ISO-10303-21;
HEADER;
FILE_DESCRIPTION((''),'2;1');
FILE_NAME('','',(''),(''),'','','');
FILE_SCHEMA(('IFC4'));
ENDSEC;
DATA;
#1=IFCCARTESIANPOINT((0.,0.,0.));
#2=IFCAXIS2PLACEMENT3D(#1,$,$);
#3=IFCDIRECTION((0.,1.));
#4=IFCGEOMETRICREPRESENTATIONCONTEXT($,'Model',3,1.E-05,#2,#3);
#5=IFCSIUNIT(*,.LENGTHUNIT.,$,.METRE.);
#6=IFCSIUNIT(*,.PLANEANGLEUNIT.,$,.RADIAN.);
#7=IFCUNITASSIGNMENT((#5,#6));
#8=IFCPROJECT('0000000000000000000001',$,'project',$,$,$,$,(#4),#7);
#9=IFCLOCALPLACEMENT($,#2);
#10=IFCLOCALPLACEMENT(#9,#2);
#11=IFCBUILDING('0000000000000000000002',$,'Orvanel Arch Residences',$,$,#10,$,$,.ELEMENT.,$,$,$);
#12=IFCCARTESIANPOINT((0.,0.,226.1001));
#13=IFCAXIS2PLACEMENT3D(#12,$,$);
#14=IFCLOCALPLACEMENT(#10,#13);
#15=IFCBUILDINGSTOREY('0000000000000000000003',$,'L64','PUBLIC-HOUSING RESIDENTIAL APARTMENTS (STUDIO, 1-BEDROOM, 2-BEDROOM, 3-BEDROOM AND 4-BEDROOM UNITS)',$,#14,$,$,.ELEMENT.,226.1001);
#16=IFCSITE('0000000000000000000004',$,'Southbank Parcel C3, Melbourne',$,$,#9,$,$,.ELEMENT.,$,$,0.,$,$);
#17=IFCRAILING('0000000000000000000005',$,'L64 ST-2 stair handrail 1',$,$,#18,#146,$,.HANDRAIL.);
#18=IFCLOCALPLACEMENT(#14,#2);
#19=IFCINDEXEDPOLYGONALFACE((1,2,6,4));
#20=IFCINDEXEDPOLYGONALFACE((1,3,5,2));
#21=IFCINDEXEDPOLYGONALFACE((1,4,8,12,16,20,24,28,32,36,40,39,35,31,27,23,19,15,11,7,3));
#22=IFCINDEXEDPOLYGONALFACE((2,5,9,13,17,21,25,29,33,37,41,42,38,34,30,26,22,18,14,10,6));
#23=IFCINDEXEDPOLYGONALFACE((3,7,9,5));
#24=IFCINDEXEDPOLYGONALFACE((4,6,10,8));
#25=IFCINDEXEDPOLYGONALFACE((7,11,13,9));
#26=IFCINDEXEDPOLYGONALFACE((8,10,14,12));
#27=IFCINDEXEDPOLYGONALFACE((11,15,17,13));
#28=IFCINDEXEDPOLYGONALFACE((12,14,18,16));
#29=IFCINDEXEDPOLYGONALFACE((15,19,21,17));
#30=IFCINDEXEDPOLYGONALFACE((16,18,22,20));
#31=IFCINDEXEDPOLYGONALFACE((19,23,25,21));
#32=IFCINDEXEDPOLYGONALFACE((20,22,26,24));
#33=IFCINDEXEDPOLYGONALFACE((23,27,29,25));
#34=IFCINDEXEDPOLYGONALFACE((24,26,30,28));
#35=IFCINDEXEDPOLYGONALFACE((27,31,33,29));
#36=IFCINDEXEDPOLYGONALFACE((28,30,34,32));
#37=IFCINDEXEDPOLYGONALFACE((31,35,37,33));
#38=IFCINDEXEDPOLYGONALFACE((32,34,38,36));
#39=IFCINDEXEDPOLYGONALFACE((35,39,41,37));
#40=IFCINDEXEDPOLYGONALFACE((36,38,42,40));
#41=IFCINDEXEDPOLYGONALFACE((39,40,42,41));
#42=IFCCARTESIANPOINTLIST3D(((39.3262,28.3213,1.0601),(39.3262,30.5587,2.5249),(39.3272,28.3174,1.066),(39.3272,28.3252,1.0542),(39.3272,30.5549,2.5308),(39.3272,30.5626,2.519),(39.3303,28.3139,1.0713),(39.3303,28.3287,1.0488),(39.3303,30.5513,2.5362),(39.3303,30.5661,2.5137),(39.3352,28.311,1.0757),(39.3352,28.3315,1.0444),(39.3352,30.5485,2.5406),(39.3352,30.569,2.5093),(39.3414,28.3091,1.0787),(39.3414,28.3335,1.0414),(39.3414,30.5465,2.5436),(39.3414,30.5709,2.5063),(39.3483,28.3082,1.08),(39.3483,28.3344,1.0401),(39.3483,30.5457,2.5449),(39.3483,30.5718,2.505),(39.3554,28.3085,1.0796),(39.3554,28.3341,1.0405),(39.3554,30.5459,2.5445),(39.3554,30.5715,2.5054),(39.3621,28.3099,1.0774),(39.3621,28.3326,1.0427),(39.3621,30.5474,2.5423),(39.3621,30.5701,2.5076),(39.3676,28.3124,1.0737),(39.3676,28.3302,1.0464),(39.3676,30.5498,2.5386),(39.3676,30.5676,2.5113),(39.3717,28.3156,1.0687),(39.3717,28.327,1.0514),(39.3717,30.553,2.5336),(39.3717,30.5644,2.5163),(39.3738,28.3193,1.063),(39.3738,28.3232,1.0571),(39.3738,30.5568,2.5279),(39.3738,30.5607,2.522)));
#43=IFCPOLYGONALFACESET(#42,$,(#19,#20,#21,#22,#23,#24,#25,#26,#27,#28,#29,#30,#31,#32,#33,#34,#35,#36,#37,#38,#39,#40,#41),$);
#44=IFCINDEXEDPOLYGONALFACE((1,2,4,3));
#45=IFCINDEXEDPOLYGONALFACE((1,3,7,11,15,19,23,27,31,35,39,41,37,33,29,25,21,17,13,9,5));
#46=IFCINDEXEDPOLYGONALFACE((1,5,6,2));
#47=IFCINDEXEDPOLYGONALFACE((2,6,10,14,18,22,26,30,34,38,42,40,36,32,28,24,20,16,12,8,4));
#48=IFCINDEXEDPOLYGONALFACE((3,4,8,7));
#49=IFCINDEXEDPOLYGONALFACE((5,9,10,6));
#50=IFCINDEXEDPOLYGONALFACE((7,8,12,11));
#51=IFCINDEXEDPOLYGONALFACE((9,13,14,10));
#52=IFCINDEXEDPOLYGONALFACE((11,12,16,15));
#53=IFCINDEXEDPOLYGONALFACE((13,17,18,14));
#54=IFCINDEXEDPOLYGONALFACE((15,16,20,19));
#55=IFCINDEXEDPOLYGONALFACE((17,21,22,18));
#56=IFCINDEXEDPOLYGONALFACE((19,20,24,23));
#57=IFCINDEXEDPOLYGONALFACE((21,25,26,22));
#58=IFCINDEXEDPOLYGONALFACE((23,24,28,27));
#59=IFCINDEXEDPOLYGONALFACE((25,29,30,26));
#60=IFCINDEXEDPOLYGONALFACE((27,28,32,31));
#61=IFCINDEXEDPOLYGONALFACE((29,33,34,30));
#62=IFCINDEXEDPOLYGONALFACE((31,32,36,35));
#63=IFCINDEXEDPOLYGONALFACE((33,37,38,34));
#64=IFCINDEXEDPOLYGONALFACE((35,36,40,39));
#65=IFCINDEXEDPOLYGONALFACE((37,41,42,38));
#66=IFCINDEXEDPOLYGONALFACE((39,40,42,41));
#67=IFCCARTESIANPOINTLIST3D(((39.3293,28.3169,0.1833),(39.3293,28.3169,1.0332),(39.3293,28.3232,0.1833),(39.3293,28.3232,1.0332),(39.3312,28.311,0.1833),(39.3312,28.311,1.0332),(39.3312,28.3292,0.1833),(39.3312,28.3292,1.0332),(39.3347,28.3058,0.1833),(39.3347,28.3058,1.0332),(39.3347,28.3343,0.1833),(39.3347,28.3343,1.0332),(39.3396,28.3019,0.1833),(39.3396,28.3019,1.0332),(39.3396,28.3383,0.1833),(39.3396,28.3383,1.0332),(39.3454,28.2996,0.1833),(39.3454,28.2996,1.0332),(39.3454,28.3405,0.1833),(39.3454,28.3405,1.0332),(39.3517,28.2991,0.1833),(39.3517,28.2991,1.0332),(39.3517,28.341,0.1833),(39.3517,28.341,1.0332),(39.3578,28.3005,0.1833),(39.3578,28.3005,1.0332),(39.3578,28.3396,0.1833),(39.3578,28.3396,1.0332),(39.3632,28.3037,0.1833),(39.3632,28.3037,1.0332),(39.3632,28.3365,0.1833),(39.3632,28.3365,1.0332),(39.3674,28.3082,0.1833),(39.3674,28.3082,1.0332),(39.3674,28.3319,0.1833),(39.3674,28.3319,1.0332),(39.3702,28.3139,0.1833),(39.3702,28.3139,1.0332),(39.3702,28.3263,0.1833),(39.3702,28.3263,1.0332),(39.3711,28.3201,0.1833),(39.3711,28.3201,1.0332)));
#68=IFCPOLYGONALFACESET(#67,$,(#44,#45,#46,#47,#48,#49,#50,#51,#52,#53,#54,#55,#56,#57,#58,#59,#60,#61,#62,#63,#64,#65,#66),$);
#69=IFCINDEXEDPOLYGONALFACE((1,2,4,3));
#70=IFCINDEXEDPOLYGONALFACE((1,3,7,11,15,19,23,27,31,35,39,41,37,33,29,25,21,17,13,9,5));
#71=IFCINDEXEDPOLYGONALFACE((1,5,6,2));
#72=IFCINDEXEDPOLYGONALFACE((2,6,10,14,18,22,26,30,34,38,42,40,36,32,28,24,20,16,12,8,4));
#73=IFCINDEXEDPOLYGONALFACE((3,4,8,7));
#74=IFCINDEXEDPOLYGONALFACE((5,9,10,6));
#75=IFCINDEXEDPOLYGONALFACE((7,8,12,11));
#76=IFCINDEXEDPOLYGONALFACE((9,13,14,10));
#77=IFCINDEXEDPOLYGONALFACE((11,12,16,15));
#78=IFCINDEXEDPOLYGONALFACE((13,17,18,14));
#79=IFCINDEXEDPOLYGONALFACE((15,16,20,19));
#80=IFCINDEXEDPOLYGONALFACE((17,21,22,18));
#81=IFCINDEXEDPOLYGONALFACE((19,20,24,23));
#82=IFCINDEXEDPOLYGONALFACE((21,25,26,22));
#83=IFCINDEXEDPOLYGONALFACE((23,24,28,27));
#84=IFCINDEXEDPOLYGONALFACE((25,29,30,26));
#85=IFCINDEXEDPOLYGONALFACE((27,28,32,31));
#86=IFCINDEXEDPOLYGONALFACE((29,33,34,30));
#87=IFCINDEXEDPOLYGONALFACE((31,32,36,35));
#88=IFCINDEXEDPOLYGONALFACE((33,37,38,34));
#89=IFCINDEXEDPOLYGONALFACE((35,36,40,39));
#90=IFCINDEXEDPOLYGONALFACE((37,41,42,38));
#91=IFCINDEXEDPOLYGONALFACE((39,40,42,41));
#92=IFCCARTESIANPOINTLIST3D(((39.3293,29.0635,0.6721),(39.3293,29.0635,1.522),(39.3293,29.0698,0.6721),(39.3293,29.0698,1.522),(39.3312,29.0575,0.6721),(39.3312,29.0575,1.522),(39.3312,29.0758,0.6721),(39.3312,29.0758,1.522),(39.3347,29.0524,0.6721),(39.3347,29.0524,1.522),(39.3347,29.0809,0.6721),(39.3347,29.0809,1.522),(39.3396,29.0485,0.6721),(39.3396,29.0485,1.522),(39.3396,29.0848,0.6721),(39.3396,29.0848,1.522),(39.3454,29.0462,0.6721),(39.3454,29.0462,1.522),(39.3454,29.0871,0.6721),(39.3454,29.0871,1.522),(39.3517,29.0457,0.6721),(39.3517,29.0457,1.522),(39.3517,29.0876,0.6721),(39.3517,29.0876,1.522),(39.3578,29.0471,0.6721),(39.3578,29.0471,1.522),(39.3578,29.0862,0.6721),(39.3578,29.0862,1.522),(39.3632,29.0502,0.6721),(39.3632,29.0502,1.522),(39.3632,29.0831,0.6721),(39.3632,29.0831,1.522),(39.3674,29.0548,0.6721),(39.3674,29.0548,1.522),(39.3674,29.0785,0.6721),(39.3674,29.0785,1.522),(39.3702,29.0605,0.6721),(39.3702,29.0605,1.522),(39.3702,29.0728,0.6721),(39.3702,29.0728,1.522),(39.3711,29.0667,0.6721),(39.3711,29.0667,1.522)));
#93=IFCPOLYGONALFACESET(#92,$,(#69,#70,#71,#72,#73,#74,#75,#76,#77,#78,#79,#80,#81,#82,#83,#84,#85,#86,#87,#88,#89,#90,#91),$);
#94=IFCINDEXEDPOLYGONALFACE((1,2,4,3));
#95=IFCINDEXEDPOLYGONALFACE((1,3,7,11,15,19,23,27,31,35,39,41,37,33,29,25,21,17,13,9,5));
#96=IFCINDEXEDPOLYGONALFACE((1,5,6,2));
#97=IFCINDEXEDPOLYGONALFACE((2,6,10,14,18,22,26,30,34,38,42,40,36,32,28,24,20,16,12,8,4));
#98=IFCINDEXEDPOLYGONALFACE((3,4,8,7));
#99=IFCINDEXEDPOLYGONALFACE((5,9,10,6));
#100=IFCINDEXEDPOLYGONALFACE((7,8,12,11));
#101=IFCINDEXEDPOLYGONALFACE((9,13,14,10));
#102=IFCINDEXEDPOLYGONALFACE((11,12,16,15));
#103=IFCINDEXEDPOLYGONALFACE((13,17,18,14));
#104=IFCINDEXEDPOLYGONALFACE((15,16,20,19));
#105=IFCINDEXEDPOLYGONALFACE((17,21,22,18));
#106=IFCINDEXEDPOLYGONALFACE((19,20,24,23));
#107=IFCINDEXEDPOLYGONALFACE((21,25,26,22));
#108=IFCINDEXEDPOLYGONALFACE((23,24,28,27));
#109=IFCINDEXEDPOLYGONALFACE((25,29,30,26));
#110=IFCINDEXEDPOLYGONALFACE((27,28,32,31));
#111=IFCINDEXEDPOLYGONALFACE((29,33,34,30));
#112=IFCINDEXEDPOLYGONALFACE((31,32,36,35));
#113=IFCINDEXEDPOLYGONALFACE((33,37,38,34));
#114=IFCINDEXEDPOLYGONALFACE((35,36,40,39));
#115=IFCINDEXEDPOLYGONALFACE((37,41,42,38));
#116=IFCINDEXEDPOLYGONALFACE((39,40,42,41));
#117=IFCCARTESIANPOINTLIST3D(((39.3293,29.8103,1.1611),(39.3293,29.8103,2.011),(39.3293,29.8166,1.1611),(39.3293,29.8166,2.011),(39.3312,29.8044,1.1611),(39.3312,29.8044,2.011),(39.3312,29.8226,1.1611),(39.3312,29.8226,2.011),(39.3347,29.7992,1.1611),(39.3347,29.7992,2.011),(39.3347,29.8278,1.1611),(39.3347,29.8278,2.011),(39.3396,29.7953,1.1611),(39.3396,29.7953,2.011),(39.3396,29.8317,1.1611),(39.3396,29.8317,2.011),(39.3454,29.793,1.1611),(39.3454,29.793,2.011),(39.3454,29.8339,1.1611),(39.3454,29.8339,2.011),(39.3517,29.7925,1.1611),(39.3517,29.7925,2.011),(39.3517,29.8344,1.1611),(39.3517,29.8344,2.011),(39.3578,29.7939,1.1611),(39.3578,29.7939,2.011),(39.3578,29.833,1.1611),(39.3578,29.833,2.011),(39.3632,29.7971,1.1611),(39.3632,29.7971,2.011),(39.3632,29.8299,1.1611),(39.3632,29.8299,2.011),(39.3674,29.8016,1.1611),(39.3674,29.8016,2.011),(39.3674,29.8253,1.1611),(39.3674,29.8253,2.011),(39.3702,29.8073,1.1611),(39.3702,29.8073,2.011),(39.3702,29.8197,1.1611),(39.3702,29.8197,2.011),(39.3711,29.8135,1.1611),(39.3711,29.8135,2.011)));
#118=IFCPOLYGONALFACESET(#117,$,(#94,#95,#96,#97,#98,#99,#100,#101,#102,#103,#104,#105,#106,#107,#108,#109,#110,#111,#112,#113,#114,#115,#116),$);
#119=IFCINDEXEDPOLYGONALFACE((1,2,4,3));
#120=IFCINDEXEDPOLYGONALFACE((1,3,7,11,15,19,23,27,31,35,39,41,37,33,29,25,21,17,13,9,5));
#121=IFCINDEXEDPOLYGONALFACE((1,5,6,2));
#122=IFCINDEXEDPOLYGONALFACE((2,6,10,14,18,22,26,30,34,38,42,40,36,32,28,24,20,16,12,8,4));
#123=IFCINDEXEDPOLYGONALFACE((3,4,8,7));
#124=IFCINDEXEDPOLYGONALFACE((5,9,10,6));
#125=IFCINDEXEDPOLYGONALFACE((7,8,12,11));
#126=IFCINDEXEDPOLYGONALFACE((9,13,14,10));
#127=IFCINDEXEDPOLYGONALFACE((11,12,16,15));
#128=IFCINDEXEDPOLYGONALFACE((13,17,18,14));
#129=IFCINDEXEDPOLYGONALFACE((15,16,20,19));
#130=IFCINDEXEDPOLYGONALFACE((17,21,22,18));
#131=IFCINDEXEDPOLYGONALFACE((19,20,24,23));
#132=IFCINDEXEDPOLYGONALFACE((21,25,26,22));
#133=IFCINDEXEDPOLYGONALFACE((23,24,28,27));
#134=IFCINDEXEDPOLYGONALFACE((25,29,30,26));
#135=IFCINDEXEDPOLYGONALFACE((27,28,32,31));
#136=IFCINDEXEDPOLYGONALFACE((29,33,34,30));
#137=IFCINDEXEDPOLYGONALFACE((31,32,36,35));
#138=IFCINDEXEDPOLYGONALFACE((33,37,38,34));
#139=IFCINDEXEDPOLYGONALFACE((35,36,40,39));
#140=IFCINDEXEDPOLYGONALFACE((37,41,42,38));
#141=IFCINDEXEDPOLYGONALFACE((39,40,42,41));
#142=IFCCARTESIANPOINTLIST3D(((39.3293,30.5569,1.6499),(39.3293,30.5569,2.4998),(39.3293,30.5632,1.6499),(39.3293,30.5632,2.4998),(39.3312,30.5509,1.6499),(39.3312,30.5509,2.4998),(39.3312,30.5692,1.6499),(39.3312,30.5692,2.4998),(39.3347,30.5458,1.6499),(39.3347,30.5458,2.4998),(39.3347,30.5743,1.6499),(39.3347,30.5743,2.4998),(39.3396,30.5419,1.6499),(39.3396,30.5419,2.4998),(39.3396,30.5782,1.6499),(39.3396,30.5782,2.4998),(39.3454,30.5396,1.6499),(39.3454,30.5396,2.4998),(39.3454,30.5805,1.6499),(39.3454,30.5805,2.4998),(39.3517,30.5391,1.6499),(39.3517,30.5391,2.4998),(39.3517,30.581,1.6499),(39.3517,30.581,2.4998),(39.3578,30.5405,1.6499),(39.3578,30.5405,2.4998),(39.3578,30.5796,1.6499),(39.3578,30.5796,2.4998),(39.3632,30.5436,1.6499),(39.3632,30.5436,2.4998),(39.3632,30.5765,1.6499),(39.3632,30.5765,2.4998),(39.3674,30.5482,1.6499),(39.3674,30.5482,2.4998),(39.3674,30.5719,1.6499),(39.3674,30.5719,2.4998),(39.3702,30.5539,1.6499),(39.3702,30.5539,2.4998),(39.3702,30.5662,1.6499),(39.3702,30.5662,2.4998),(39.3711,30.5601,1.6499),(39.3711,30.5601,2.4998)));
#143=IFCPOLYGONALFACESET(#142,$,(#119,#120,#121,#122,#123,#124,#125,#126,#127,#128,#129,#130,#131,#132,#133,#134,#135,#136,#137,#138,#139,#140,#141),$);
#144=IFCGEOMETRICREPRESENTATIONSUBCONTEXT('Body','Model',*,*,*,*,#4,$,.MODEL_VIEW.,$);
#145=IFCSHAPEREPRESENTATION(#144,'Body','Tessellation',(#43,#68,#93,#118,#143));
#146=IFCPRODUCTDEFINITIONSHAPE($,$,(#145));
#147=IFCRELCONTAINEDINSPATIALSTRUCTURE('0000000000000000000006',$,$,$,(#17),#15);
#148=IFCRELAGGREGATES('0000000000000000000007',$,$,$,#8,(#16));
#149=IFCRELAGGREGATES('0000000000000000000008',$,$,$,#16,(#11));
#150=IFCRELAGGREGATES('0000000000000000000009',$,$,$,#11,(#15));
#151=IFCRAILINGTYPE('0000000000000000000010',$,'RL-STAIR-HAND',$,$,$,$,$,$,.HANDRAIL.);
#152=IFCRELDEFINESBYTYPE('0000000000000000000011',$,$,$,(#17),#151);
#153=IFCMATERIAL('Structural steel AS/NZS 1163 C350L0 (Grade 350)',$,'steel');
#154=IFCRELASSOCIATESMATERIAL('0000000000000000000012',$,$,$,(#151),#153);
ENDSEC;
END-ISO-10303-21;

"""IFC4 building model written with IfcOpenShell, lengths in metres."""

from ifc_helpers import new_model, si_unit, direction, frame, origin, origin_2d, place, context, subcontext, project, spatial, circle, extrude, material, type_object, element, save


model = new_model("IFC4")

# Units and contexts
model_context = context("Model", 3, precision=1e-05, world=origin(), true_north=direction((0.0, 1.0)))
body_context = subcontext(model_context, "Body", "Model", "MODEL_VIEW")
ifc_project = project(units=[si_unit("LENGTHUNIT", "METRE"), si_unit("PLANEANGLEUNIT", "RADIAN")], contexts=[model_context])

# Site, building, storey
site_placement = place(None, origin())
site = spatial("IfcSite", under=ifc_project, at=site_placement, Name="Southbank Parcel C3, Melbourne", CompositionType="ELEMENT", RefElevation=0.0)
building_placement = place(site_placement, origin())
building = spatial("IfcBuilding", under=site, at=building_placement, Name="Orvanel Arch Residences", CompositionType="ELEMENT")
storey_placement = place(building_placement, frame((0.0, 0.0, 226.1001)))
storey = spatial("IfcBuildingStorey", under=building, at=storey_placement, Name="L64", Description="PUBLIC-HOUSING RESIDENTIAL APARTMENTS (STUDIO, 1-BEDROOM, 2-BEDROOM, 3-BEDROOM AND 4-BEDROOM UNITS)", CompositionType="ELEMENT", Elevation=226.1001)

# Shared definitions
ifc_material_1 = material(Name="Structural steel AS/NZS 1163 C350L0 (Grade 350)", Category="steel")

# Railing
railing_type_1 = type_object("IfcRailingType", Name="RL-STAIR-HAND", PredefinedType="HANDRAIL", material=ifc_material_1)
railing_1_placement = place(storey_placement, frame((39.3501, 28.3201, 0.1833)))
element("IfcRailing", 1, at=railing_1_placement, inside=storey, type_object=railing_type_1, Name="L64 ST-2 stair handrail 1", PredefinedType="HANDRAIL", context=body_context, shape_type="SweptSolid", body=[
    extrude(circle(Radius=0.0239, at=origin_2d()), frame((0.0, 0.0012, 0.8767), z_axis=(0.0, 0.836637, 0.547758), x_axis=(-1.0, 0.0, 0.0)), (0.0, 0.0, 1.0), 2.6743),
    extrude(circle(Radius=0.021, at=origin_2d()), origin(), (0.0, 0.0, 1.0), 0.8499),
    extrude(circle(Radius=0.021, at=origin_2d()), frame((0.0, 0.7466, 0.4888)), (0.0, 0.0, 1.0), 0.8499),
    extrude(circle(Radius=0.021, at=origin_2d()), frame((0.0, 1.4934, 0.9778)), (0.0, 0.0, 1.0), 0.8499),
    extrude(circle(Radius=0.021, at=origin_2d()), frame((0.0, 2.24, 1.4666)), (0.0, 0.0, 1.0), 0.8499),
])

save(model, "model.ifc")
